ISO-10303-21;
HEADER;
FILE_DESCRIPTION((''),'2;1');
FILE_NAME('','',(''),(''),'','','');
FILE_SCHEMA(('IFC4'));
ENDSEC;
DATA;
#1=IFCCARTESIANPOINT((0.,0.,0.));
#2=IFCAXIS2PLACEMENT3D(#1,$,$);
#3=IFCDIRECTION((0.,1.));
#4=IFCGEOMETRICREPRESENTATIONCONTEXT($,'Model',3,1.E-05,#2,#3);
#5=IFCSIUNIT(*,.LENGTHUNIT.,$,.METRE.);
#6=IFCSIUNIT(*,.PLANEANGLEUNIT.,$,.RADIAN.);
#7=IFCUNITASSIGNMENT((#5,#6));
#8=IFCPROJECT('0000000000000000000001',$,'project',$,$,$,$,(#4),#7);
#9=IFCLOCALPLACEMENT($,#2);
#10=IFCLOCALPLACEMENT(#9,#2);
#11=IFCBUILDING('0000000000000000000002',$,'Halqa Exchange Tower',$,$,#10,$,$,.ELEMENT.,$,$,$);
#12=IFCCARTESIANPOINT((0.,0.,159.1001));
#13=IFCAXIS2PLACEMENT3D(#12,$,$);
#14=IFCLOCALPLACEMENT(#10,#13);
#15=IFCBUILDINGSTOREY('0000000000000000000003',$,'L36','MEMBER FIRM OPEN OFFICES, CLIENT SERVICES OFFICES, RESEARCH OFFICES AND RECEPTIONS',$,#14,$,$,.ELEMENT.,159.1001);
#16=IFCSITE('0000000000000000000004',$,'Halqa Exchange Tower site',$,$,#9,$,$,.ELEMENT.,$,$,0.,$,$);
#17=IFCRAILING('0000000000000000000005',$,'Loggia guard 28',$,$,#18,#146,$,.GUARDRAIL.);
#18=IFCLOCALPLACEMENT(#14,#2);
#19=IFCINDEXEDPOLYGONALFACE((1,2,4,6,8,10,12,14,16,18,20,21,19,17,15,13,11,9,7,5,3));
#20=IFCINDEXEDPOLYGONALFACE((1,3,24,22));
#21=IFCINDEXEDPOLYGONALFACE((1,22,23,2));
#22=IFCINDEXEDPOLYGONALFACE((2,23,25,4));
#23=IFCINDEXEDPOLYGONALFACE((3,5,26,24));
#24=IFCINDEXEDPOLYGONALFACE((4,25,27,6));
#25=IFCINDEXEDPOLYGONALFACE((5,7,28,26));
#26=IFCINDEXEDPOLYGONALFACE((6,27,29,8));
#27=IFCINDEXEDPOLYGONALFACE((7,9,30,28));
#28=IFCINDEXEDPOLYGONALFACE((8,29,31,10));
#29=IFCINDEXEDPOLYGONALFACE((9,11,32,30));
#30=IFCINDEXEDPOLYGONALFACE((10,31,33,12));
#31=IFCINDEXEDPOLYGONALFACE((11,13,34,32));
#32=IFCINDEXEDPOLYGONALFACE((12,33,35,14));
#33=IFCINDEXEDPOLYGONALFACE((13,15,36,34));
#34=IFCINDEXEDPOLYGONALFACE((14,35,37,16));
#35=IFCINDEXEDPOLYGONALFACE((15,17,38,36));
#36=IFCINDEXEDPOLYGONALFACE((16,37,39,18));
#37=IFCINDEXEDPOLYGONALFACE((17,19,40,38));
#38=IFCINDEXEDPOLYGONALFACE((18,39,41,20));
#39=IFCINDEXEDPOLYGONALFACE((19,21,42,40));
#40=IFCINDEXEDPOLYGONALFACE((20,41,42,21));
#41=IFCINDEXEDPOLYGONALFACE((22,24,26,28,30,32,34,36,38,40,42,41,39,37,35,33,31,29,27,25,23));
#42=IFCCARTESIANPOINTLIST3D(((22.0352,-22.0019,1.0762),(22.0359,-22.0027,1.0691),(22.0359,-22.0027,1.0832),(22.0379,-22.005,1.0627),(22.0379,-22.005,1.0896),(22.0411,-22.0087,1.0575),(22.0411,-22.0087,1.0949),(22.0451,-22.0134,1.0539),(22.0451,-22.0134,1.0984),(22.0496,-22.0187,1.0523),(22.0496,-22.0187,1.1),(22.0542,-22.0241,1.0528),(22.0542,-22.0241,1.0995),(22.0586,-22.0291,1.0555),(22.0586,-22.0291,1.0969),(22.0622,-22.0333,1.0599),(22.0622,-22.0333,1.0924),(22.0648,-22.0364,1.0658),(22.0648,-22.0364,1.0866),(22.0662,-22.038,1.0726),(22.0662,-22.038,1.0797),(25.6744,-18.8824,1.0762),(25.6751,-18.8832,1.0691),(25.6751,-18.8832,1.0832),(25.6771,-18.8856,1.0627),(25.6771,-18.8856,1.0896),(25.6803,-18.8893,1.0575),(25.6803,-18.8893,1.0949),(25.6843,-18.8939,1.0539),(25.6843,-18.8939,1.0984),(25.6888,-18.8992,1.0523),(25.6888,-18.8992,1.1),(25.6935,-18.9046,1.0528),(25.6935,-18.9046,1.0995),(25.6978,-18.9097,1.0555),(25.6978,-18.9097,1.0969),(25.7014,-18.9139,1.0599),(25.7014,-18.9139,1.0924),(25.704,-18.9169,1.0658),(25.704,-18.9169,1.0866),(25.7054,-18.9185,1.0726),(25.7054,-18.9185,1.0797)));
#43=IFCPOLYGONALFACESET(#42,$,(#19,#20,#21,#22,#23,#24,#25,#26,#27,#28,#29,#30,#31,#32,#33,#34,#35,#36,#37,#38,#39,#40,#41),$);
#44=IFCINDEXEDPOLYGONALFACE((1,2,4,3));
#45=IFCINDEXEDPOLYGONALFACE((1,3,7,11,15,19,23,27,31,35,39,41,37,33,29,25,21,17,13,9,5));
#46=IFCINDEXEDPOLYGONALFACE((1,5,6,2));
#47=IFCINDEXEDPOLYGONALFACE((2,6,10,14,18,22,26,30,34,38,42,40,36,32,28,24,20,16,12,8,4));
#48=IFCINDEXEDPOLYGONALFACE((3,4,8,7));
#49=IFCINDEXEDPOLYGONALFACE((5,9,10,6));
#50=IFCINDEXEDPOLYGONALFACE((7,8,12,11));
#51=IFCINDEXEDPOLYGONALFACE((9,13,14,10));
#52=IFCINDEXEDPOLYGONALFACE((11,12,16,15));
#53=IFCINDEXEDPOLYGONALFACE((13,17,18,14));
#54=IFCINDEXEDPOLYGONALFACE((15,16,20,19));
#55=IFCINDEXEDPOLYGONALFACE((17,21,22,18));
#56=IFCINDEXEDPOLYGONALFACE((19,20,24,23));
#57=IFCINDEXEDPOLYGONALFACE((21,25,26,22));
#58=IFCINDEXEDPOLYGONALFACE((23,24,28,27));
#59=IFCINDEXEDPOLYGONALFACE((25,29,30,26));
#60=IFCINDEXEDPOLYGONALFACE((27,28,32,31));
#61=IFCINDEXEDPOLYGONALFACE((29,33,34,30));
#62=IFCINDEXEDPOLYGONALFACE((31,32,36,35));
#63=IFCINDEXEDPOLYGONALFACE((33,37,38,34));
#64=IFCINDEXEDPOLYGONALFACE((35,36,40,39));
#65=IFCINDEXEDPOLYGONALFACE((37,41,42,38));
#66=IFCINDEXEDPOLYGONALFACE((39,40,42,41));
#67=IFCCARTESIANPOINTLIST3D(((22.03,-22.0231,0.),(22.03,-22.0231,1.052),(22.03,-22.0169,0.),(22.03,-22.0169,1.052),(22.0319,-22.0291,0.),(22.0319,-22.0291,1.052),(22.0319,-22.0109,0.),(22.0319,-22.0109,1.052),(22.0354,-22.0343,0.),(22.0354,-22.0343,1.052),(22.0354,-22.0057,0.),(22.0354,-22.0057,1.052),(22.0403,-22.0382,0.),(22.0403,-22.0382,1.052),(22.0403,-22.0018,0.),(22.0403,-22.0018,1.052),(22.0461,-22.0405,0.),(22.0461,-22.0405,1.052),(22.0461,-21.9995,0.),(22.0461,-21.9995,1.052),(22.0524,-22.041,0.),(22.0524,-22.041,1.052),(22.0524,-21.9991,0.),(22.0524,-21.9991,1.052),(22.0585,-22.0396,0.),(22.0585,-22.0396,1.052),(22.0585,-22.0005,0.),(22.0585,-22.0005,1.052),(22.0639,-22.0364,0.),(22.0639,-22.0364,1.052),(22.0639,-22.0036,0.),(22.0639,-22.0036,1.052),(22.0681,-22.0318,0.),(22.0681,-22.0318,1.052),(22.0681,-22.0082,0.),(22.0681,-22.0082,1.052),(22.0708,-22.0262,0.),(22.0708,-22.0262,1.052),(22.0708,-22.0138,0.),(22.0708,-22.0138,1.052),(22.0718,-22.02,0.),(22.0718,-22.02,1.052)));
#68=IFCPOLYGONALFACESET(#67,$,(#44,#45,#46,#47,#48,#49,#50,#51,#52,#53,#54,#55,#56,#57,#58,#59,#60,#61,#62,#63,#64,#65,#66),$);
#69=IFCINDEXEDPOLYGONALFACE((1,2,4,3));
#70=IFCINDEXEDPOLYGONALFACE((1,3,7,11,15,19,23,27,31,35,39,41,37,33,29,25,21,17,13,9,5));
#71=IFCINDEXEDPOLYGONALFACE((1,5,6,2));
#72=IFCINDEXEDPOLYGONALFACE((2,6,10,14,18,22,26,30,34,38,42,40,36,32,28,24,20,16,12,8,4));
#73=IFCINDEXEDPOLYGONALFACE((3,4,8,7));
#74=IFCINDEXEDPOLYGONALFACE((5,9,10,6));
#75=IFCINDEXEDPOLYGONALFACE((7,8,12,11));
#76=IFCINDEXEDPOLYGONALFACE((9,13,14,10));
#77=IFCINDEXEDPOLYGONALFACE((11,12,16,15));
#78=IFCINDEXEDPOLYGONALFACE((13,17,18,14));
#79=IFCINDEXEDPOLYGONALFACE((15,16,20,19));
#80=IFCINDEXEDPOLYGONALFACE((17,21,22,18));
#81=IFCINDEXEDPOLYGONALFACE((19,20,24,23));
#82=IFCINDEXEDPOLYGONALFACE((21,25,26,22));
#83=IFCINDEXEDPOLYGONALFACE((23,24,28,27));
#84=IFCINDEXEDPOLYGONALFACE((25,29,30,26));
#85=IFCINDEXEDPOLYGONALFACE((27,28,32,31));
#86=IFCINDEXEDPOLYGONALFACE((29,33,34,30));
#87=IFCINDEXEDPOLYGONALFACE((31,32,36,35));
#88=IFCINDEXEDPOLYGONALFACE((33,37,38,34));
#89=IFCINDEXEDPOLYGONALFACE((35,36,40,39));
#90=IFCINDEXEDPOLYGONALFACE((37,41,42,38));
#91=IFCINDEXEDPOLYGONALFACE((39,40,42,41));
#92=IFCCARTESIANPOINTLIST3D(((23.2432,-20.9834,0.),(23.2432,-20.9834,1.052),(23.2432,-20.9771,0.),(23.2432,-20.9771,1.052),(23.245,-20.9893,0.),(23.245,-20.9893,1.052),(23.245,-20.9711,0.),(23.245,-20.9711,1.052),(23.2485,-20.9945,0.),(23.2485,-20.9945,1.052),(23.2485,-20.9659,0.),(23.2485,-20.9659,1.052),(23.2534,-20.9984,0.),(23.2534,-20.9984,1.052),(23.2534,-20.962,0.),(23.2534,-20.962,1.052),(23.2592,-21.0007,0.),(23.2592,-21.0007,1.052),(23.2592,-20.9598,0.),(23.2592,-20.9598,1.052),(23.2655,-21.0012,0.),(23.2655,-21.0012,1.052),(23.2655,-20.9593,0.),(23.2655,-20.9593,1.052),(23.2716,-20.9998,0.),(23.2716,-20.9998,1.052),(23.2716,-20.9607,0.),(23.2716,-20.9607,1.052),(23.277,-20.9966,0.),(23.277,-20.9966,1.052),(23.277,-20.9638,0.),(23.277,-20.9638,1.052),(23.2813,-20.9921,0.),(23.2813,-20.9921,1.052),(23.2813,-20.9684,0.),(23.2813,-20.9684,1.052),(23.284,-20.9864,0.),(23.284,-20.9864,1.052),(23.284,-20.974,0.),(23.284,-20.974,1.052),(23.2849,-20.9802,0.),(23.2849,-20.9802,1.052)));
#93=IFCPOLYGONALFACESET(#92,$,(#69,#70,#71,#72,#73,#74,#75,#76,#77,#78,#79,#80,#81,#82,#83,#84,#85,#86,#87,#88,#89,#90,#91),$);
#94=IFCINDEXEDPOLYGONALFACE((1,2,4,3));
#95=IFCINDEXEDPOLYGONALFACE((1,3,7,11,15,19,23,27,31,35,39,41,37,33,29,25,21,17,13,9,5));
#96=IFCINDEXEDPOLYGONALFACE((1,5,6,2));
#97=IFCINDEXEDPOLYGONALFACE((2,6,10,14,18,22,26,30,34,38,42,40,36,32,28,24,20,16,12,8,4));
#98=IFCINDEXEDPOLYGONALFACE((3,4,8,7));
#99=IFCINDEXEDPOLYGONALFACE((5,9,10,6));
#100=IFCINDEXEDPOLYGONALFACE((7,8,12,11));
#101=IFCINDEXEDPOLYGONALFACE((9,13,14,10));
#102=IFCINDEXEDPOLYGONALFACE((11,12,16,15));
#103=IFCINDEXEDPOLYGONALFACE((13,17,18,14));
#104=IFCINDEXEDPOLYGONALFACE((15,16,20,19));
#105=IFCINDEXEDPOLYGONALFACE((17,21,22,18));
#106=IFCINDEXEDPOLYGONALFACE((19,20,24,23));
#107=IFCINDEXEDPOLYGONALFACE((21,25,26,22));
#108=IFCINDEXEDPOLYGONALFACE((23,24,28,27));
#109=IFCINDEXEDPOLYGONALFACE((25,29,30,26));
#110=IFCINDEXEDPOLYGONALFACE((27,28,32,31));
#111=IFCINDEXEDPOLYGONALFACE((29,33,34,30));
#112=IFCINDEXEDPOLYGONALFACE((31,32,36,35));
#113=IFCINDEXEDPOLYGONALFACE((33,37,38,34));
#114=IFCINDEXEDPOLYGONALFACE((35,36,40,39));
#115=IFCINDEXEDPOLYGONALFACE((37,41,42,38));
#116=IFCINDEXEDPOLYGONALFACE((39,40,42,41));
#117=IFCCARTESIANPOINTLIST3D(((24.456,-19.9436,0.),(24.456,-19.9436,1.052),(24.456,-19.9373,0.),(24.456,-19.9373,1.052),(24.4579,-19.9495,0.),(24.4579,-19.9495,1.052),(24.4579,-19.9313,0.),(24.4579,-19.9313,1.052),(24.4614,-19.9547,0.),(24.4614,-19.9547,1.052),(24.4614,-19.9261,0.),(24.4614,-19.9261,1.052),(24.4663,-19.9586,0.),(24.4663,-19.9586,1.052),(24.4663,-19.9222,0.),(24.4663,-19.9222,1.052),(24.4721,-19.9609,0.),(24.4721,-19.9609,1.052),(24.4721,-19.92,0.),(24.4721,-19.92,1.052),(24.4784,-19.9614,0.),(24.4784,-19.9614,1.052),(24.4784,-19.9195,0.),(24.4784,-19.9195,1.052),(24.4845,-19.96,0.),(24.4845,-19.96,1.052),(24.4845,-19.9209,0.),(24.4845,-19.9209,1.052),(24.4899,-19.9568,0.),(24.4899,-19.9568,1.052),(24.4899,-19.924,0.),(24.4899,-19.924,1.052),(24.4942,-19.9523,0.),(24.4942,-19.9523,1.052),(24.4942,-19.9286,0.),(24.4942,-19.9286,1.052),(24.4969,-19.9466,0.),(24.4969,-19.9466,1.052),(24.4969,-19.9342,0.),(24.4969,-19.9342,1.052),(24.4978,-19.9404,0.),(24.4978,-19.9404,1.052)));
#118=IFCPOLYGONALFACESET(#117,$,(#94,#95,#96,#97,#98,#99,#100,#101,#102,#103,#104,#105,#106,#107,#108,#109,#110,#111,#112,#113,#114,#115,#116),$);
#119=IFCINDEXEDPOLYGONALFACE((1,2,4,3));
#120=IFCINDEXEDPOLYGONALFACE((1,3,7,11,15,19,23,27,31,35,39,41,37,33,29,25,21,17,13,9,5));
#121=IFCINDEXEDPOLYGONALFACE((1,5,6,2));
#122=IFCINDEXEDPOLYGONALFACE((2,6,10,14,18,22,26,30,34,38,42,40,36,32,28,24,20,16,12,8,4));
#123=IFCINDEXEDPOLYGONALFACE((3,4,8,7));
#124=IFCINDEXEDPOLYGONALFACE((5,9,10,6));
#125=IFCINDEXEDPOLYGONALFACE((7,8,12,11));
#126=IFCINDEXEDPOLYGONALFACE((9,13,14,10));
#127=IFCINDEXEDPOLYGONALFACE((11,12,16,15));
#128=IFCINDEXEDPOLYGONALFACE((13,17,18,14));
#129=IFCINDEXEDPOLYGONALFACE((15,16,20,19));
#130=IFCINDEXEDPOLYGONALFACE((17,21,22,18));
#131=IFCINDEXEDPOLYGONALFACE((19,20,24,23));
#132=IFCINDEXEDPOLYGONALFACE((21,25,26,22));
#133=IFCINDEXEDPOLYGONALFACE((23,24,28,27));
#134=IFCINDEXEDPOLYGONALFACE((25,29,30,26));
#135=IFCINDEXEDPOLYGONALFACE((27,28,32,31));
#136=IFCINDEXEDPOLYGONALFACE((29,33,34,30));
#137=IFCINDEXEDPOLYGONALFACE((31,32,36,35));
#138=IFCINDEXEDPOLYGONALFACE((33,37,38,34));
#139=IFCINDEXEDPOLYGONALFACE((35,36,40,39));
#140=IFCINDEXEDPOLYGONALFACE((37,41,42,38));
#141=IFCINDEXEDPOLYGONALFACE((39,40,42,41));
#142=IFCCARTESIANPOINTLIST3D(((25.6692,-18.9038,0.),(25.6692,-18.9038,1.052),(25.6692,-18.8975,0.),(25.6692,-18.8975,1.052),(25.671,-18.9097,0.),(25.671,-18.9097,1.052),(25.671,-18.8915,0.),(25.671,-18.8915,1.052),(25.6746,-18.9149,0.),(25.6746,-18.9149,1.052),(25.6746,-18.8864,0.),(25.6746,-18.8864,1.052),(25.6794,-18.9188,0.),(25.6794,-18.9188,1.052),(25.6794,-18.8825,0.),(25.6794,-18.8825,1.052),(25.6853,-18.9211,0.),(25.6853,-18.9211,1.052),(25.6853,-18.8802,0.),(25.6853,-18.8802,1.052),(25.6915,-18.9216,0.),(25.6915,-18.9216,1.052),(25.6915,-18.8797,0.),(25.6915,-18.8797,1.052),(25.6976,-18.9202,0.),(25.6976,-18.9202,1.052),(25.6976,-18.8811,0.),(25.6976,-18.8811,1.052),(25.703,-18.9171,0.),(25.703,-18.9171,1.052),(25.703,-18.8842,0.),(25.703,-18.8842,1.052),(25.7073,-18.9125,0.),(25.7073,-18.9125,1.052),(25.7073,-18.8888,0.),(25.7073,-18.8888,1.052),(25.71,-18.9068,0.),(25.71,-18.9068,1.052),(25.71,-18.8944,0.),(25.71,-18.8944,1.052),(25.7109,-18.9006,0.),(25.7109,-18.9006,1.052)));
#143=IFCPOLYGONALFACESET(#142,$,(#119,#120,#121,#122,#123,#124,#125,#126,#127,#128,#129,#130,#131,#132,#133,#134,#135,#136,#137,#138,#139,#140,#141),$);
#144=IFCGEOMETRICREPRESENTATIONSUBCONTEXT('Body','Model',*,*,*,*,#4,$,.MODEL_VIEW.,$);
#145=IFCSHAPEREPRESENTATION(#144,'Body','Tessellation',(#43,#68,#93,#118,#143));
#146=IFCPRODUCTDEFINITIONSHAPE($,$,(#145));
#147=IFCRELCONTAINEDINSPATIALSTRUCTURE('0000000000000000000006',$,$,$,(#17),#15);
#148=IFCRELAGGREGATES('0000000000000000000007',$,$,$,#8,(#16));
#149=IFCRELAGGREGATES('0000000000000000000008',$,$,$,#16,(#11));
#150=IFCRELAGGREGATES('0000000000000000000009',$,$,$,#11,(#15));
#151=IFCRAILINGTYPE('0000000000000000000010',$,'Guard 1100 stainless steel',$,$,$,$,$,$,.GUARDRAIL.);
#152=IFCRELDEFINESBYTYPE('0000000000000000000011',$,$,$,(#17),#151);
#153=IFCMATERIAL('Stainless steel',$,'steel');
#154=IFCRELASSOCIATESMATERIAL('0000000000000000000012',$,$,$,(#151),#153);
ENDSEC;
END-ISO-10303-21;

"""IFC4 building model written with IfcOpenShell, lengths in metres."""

from ifc_helpers import new_model, si_unit, direction, frame, origin, origin_2d, place, context, subcontext, project, spatial, circle, extrude, material, type_object, element, save


model = new_model("IFC4")

# Units and contexts
model_context = context("Model", 3, precision=1e-05, world=origin(), true_north=direction((0.0, 1.0)))
body_context = subcontext(model_context, "Body", "Model", "MODEL_VIEW")
ifc_project = project(units=[si_unit("LENGTHUNIT", "METRE"), si_unit("PLANEANGLEUNIT", "RADIAN")], contexts=[model_context])

# Site, building, storey
site_placement = place(None, origin())
site = spatial("IfcSite", under=ifc_project, at=site_placement, Name="Halqa Exchange Tower site", CompositionType="ELEMENT", RefElevation=0.0)
building_placement = place(site_placement, origin())
building = spatial("IfcBuilding", under=site, at=building_placement, Name="Halqa Exchange Tower", CompositionType="ELEMENT")
storey_placement = place(building_placement, frame((0.0, 0.0, 159.1001)))
storey = spatial("IfcBuildingStorey", under=building, at=storey_placement, Name="L36", Description="MEMBER FIRM OPEN OFFICES, CLIENT SERVICES OFFICES, RESEARCH OFFICES AND RECEPTIONS", CompositionType="ELEMENT", Elevation=159.1001)

# Railing
ifc_material_1 = material(Name="Stainless steel", Category="steel")
railing_type = type_object("IfcRailingType", Name="Guard 1100 stainless steel", PredefinedType="GUARDRAIL", material=ifc_material_1)
railing_1_placement = place(storey_placement, frame((22.0508, -22.02, 0.0)))
element("IfcRailing", 1, at=railing_1_placement, inside=storey, type_object=railing_type, Name="Loggia guard 28", PredefinedType="GUARDRAIL", context=body_context, shape_type="SweptSolid", body=[
    extrude(circle(Radius=0.0239, at=origin_2d()), frame((0.0, 0.0, 1.0762), z_axis=(0.759246, 0.650804, 0.0), x_axis=(-0.650804, 0.759246, 0.0)), (0.0, 0.0, 1.0), 4.7932),
    extrude(circle(Radius=0.021, at=origin_2d()), origin(), (0.0, 0.0, 1.0), 1.052),
    extrude(circle(Radius=0.021, at=origin_2d()), frame((1.2131, 1.0398, 0.0)), (0.0, 0.0, 1.0), 1.052),
    extrude(circle(Radius=0.021, at=origin_2d()), frame((2.426, 2.0796, 0.0)), (0.0, 0.0, 1.0), 1.052),
    extrude(circle(Radius=0.021, at=origin_2d()), frame((3.6392, 3.1194, 0.0)), (0.0, 0.0, 1.0), 1.052),
])

save(model, "model.ifc")
